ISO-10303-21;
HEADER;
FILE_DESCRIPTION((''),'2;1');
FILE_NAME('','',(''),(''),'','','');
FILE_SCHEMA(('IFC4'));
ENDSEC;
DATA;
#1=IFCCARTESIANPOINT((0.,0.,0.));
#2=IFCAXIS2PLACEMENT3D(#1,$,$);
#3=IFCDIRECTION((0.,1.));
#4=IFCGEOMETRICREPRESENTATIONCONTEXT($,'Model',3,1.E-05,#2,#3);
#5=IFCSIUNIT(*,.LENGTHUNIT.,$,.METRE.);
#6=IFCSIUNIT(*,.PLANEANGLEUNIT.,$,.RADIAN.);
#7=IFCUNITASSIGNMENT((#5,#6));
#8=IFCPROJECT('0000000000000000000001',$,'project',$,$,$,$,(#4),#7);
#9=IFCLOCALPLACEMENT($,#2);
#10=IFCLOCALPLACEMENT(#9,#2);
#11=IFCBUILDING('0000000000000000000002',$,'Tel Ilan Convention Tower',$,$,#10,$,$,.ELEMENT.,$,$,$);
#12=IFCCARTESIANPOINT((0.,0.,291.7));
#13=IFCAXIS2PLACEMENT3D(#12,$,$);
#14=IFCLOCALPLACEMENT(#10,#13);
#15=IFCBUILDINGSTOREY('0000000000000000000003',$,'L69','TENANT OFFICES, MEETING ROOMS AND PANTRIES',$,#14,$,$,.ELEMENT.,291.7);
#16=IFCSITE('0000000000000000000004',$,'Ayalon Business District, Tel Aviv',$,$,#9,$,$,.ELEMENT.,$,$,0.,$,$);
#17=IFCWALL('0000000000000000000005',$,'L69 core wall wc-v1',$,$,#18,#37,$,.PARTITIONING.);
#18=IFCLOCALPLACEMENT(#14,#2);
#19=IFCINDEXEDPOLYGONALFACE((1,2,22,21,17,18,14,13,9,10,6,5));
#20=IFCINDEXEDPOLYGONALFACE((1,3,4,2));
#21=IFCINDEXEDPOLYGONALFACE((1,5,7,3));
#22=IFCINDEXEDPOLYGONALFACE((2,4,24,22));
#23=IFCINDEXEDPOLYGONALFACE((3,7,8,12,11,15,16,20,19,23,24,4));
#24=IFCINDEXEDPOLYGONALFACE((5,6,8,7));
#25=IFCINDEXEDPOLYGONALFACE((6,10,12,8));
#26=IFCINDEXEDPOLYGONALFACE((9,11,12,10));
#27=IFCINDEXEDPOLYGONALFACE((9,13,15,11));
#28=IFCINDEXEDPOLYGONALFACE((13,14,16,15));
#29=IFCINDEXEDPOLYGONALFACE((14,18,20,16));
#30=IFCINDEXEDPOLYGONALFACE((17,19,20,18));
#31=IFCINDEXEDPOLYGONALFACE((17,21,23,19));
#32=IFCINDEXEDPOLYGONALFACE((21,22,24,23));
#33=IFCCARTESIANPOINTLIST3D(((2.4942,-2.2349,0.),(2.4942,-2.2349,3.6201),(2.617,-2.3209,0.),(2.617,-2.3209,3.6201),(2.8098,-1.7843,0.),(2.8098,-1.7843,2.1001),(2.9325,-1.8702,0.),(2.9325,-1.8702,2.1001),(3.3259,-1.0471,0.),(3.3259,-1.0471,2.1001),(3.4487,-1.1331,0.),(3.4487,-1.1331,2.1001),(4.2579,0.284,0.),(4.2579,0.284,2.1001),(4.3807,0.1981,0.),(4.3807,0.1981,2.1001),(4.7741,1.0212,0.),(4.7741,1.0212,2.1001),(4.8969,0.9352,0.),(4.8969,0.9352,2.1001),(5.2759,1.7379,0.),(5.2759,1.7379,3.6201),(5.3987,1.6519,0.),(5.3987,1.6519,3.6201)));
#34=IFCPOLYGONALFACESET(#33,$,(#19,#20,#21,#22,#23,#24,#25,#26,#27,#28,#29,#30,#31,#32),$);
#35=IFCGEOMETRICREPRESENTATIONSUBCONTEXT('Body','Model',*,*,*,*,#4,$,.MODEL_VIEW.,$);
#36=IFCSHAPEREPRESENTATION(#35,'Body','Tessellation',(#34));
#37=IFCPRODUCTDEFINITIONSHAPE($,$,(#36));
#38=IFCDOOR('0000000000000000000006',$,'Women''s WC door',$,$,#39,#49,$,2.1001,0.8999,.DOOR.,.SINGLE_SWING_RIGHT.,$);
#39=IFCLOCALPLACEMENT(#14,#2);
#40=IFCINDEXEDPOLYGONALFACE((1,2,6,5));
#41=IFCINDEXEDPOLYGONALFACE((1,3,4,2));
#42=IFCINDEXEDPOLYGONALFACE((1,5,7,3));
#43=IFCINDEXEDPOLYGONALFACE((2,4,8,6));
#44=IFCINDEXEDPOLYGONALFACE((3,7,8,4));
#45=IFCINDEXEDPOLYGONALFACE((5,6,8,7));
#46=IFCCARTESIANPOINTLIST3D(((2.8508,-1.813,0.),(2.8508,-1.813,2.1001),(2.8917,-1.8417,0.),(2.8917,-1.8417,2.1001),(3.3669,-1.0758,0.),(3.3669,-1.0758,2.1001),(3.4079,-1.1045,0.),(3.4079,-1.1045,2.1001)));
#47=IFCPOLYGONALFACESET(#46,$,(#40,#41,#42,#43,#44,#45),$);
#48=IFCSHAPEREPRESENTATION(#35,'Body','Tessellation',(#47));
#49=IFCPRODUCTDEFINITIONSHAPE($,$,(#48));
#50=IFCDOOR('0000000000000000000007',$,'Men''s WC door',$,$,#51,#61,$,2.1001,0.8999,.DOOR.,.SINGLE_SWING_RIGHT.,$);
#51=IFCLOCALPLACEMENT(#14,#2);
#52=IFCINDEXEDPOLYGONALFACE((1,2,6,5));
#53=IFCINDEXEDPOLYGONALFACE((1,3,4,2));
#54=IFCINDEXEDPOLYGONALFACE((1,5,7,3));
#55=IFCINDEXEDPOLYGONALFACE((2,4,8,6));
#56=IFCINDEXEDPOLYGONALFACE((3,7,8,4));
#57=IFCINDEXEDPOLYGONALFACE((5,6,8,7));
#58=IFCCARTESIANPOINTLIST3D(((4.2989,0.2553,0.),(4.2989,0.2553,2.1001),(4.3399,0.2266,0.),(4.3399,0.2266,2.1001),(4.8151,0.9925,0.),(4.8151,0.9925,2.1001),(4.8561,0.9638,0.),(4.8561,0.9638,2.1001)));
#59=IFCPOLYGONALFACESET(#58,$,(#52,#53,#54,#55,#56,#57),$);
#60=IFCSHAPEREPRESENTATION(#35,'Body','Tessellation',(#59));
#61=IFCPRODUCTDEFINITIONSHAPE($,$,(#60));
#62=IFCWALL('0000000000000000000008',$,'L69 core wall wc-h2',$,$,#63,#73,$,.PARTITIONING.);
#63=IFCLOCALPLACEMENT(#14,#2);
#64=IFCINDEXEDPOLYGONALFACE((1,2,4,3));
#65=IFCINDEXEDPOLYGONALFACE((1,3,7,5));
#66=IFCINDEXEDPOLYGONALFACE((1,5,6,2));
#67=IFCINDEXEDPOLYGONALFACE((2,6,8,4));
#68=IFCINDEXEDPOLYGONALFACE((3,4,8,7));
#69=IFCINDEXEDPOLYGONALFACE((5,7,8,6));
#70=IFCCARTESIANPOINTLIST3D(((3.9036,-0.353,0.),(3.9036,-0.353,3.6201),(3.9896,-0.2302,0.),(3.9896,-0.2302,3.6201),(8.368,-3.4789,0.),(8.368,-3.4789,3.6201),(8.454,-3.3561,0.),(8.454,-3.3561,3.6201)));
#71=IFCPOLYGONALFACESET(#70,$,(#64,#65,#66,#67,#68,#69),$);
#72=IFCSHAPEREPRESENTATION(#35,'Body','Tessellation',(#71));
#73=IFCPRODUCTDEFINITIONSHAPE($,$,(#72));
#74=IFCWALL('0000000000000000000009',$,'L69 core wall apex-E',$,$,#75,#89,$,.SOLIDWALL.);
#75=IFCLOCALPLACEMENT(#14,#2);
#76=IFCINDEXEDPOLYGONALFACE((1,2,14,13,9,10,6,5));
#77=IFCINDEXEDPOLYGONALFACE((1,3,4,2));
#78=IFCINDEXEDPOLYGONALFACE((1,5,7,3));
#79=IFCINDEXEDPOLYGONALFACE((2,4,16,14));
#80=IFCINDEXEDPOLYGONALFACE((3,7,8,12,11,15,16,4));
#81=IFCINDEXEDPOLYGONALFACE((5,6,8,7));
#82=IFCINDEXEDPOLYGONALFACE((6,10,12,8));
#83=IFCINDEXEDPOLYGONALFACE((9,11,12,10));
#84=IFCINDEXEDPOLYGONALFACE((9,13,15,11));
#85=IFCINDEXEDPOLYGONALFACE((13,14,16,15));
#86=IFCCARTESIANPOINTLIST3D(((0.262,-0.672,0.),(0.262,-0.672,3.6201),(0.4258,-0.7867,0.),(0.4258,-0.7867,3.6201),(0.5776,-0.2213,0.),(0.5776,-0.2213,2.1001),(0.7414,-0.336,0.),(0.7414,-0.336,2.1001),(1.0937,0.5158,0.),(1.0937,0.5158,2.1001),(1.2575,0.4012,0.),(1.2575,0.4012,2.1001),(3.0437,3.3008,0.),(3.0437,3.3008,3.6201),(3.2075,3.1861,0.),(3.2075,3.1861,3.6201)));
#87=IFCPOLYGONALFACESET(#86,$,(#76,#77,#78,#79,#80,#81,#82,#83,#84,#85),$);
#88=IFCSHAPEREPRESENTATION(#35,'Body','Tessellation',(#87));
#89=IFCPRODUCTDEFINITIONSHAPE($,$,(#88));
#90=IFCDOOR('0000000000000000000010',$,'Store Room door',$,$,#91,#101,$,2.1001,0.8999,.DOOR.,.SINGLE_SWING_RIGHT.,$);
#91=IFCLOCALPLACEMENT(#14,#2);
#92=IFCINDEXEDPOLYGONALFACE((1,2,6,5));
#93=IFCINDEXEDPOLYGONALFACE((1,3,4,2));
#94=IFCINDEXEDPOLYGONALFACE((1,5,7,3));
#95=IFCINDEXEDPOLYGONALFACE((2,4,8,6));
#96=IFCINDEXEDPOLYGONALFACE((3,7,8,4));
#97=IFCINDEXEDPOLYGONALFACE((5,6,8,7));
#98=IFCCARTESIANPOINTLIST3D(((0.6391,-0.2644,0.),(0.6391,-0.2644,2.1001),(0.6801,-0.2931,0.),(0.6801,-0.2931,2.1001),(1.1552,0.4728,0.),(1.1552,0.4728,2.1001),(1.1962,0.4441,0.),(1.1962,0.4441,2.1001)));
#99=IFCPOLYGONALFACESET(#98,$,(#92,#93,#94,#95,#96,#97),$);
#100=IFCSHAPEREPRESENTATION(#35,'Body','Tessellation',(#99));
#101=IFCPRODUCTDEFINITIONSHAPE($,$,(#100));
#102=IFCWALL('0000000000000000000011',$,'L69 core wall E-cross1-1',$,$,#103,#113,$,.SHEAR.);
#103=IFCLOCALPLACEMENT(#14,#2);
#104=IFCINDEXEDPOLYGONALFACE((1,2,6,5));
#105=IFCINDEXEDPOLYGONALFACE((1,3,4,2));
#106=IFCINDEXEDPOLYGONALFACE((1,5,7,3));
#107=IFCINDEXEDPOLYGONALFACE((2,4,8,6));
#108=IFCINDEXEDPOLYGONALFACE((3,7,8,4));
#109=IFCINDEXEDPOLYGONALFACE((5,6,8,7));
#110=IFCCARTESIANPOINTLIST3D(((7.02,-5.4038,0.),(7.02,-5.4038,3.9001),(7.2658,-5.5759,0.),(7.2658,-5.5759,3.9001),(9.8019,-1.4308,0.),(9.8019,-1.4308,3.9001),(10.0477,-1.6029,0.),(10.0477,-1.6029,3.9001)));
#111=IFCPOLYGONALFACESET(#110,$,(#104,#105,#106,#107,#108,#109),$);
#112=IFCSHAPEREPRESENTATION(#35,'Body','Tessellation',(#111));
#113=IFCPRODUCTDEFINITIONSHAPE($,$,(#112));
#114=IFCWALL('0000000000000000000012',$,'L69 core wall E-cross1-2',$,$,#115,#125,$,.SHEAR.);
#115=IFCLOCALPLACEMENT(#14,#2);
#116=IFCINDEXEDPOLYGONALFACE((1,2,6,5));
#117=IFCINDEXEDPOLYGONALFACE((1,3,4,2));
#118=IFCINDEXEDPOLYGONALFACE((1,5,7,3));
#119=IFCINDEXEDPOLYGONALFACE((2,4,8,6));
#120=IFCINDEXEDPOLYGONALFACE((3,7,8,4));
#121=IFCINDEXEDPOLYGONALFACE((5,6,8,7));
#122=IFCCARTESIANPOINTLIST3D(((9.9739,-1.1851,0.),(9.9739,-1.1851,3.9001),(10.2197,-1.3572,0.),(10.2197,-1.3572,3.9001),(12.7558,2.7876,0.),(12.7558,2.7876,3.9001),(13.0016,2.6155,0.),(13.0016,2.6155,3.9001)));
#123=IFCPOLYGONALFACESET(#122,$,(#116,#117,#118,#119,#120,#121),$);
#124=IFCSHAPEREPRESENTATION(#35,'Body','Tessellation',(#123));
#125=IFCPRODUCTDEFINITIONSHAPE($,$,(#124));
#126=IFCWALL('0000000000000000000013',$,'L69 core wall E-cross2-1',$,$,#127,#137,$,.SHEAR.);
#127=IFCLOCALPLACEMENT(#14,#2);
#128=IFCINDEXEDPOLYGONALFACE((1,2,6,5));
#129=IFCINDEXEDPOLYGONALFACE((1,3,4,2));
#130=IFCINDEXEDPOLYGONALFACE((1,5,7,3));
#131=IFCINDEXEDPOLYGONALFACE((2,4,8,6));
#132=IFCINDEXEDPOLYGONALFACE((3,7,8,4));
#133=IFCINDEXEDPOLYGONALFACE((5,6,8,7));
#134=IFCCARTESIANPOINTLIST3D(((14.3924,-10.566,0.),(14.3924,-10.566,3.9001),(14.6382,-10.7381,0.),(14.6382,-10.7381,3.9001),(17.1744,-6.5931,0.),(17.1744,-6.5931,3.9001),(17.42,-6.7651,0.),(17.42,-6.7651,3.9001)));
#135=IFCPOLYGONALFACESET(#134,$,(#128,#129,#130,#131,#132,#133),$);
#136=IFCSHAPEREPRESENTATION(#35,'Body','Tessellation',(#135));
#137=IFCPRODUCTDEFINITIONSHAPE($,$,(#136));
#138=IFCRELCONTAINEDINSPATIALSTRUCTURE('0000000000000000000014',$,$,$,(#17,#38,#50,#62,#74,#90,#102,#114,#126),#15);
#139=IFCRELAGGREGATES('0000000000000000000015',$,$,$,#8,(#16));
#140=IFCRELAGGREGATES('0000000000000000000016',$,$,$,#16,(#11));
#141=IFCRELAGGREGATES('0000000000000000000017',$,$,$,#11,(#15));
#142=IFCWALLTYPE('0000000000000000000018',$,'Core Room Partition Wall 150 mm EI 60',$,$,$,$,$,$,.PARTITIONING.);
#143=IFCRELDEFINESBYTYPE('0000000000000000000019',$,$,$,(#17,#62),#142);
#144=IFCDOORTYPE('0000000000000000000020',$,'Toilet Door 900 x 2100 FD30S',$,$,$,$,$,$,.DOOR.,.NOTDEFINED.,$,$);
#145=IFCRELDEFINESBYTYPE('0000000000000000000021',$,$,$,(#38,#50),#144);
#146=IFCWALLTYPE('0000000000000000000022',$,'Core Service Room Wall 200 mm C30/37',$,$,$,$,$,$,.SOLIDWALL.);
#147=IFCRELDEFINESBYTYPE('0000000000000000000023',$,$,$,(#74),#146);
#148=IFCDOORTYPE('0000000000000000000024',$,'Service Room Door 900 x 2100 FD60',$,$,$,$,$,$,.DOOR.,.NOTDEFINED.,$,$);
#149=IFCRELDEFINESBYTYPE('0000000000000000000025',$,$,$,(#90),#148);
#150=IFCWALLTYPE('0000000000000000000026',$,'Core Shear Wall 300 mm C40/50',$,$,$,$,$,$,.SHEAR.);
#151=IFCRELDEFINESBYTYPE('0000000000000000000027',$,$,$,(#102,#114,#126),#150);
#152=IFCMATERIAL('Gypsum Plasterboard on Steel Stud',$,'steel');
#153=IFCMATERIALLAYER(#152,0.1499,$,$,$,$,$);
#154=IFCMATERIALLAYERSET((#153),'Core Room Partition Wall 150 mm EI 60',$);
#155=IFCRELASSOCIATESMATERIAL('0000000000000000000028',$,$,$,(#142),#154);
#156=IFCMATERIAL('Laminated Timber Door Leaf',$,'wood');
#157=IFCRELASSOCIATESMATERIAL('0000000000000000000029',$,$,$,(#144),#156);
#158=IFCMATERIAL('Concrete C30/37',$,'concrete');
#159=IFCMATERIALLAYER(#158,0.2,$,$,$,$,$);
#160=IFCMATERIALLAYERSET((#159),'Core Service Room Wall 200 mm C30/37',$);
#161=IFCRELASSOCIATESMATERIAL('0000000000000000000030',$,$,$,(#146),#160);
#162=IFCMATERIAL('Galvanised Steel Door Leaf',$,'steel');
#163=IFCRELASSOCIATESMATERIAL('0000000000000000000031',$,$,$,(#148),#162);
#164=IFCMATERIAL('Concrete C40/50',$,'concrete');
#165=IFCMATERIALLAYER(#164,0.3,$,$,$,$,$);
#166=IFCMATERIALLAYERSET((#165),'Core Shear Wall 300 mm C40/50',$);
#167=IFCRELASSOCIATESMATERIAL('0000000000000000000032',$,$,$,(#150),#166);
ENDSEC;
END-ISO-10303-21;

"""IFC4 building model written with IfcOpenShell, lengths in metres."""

from ifc_helpers import new_model, si_unit, direction, frame, frame_2d, origin, place, context, subcontext, project, spatial, polyline, rectangle, outline, extrude, material, layer, layer_set, type_object, element, fill, save


model = new_model("IFC4")

# Units and contexts
model_context = context("Model", 3, precision=1e-05, world=origin(), true_north=direction((0.0, 1.0)))
body_context = subcontext(model_context, "Body", "Model", "MODEL_VIEW")
ifc_project = project(units=[si_unit("LENGTHUNIT", "METRE"), si_unit("PLANEANGLEUNIT", "RADIAN")], contexts=[model_context])

# Site, building, storey
site_placement = place(None, origin())
site = spatial("IfcSite", under=ifc_project, at=site_placement, Name="Ayalon Business District, Tel Aviv", CompositionType="ELEMENT", RefElevation=0.0)
building_placement = place(site_placement, origin())
building = spatial("IfcBuilding", under=site, at=building_placement, Name="Tel Ilan Convention Tower", CompositionType="ELEMENT")
storey_placement = place(building_placement, frame((0.0, 0.0, 291.7)))
storey = spatial("IfcBuildingStorey", under=building, at=storey_placement, Name="L69", Description="TENANT OFFICES, MEETING ROOMS AND PANTRIES", CompositionType="ELEMENT", Elevation=291.7)

# Wall, openings, doors
ifc_material_1 = material(Name="Gypsum Plasterboard on Steel Stud", Category="steel")
ifc_layer_1 = layer(ifc_material_1, 0.1499)
ifc_layer_set_1 = layer_set([ifc_layer_1], Name="Core Room Partition Wall 150 mm EI 60")
wall_type_1 = type_object("IfcWallType", Name="Core Room Partition Wall 150 mm EI 60", PredefinedType="PARTITIONING", material=ifc_layer_set_1)
wall_1_placement = place(storey_placement, frame((2.5557, -2.2778, 0.0), z_axis=(0.0, 0.0, 1.0), x_axis=(0.57356, 0.819163, 0.0)))
wall_1 = element("IfcWall", 1, at=wall_1_placement, inside=storey, type_object=wall_type_1, Name="L69 core wall wc-v1", PredefinedType="PARTITIONING", context=body_context, shape_type="SweptSolid", body=[
    extrude(rectangle(XDim=4.8499, YDim=0.1499, at=frame_2d((2.4248, 0.0))), origin(), (0.0, 0.0, 1.0), 3.6201),
])
opening_1_placement = place(wall_1_placement, frame((0.55, 0.0, 0.0)))
opening_1 = element("IfcOpeningElement", 2, at=opening_1_placement, cuts=wall_1, PredefinedType="OPENING", context=body_context, shape_type="SweptSolid", body=[
    extrude(rectangle(XDim=0.8999, YDim=2.1001, at=frame_2d((0.45, 1.05))), frame((0.0, 0.085, 0.0), z_axis=(0.0, -1.0, 0.0), x_axis=(1.0, 0.0, 0.0)), (0.0, 0.0, 1.0), 0.1699),
])
opening_2_placement = place(wall_1_placement, frame((3.075, 0.0, 0.0)))
opening_2 = element("IfcOpeningElement", 3, at=opening_2_placement, cuts=wall_1, PredefinedType="OPENING", context=body_context, shape_type="SweptSolid", body=[
    extrude(rectangle(XDim=0.8999, YDim=2.1001, at=frame_2d((0.45, 1.05))), frame((0.0, 0.085, 0.0), z_axis=(0.0, -1.0, 0.0), x_axis=(1.0, 0.0, 0.0)), (0.0, 0.0, 1.0), 0.1699),
])
ifc_material_2 = material(Name="Laminated Timber Door Leaf", Category="wood")
door_type_1 = type_object("IfcDoorType", Name="Toilet Door 900 x 2100 FD30S", OperationType="NOTDEFINED", PredefinedType="DOOR", material=ifc_material_2)
door_1_placement = place(opening_1_placement, origin())
door_1 = element("IfcDoor", 4, at=door_1_placement, inside=storey, type_object=door_type_1, Name="Women's WC door", OperationType="SINGLE_SWING_RIGHT", OverallHeight=2.1001, OverallWidth=0.8999, PredefinedType="DOOR", context=body_context, shape_type="SweptSolid", body=[
    extrude(rectangle(XDim=0.8999, YDim=2.1001, at=frame_2d((0.45, 1.05))), frame((0.0, 0.0249, 0.0), z_axis=(0.0, -1.0, 0.0), x_axis=(1.0, 0.0, 0.0)), (0.0, 0.0, 1.0), 0.05),
])
fill(opening_1, door_1)
door_2_placement = place(opening_2_placement, origin())
door_2 = element("IfcDoor", 5, at=door_2_placement, inside=storey, type_object=door_type_1, Name="Men's WC door", OperationType="SINGLE_SWING_RIGHT", OverallHeight=2.1001, OverallWidth=0.8999, PredefinedType="DOOR", context=body_context, shape_type="SweptSolid", body=[
    extrude(rectangle(XDim=0.8999, YDim=2.1001, at=frame_2d((0.45, 1.05))), frame((0.0, 0.0249, 0.0), z_axis=(0.0, -1.0, 0.0), x_axis=(1.0, 0.0, 0.0)), (0.0, 0.0, 1.0), 0.05),
])
fill(opening_2, door_2)

# Wall
wall_2_placement = place(storey_placement, frame((3.9465, -0.2915, 0.0), z_axis=(0.0, 0.0, 1.0), x_axis=(0.819152, -0.573577, 0.0)))
element("IfcWall", 6, at=wall_2_placement, inside=storey, type_object=wall_type_1, Name="L69 core wall wc-h2", PredefinedType="PARTITIONING", context=body_context, shape_type="SweptSolid", body=[
    extrude(rectangle(XDim=5.45, YDim=0.1499, at=frame_2d((2.7251, 0.0))), origin(), (0.0, 0.0, 1.0), 3.6201),
])

# Wall, opening, door
ifc_material_3 = material(Name="Concrete C30/37", Category="concrete")
ifc_layer_2 = layer(ifc_material_3, 0.2)
ifc_layer_set_2 = layer_set([ifc_layer_2], Name="Core Service Room Wall 200 mm C30/37")
wall_type_2 = type_object("IfcWallType", Name="Core Service Room Wall 200 mm C30/37", PredefinedType="SOLIDWALL", material=ifc_layer_set_2)
wall_3_placement = place(storey_placement, frame((0.344, -0.7292, 0.0), z_axis=(0.0, 0.0, 1.0), x_axis=(0.57356, 0.819163, 0.0)))
wall_3 = element("IfcWall", 7, at=wall_3_placement, inside=storey, type_object=wall_type_2, Name="L69 core wall apex-E", PredefinedType="SOLIDWALL", context=body_context, shape_type="SweptSolid", body=[
    extrude(rectangle(XDim=4.8499, YDim=0.2, at=frame_2d((2.4248, 0.0))), origin(), (0.0, 0.0, 1.0), 3.6201),
])
opening_3_placement = place(wall_3_placement, frame((0.55, 0.0, 0.0)))
opening_3 = element("IfcOpeningElement", 8, at=opening_3_placement, cuts=wall_3, PredefinedType="OPENING", context=body_context, shape_type="SweptSolid", body=[
    extrude(rectangle(XDim=0.8999, YDim=2.1001, at=frame_2d((0.45, 1.05))), frame((0.0, 0.1099, 0.0), z_axis=(0.0, -1.0, 0.0), x_axis=(1.0, 0.0, 0.0)), (0.0, 0.0, 1.0), 0.22),
])
ifc_material_4 = material(Name="Galvanised Steel Door Leaf", Category="steel")
door_type_2 = type_object("IfcDoorType", Name="Service Room Door 900 x 2100 FD60", OperationType="NOTDEFINED", PredefinedType="DOOR", material=ifc_material_4)
door_3_placement = place(opening_3_placement, origin())
door_3 = element("IfcDoor", 9, at=door_3_placement, inside=storey, type_object=door_type_2, Name="Store Room door", OperationType="SINGLE_SWING_RIGHT", OverallHeight=2.1001, OverallWidth=0.8999, PredefinedType="DOOR", context=body_context, shape_type="SweptSolid", body=[
    extrude(rectangle(XDim=0.8999, YDim=2.1001, at=frame_2d((0.45, 1.05))), frame((0.0, 0.0249, 0.0), z_axis=(0.0, -1.0, 0.0), x_axis=(1.0, 0.0, 0.0)), (0.0, 0.0, 1.0), 0.05),
])
fill(opening_3, door_3)

# Walls
ifc_material_5 = material(Name="Concrete C40/50", Category="concrete")
ifc_layer_3 = layer(ifc_material_5, 0.3)
ifc_layer_set_3 = layer_set([ifc_layer_3], Name="Core Shear Wall 300 mm C40/50")
wall_type_3 = type_object("IfcWallType", Name="Core Shear Wall 300 mm C40/50", PredefinedType="SHEAR", material=ifc_layer_set_3)
wall_4_placement = place(storey_placement, frame((7.1428, -5.4897, 0.0), z_axis=(0.0, 0.0, 1.0), x_axis=(0.573618, 0.819123, 0.0)))
element("IfcWall", 10, at=wall_4_placement, inside=storey, type_object=wall_type_3, Name="L69 core wall E-cross1-1", PredefinedType="SHEAR", context=body_context, shape_type="SweptSolid", body=[
    extrude(outline(polyline([(0.0, 0.1499), (0.0, -0.1501), (4.8501, -0.1499), (4.8501, 0.1501), (0.0, 0.1499)])), origin(), (0.0, 0.0, 1.0), 3.9001),
])
wall_5_placement = place(storey_placement, frame((10.0969, -1.2712, 0.0), z_axis=(0.0, 0.0, 1.0), x_axis=(0.57356, 0.819163, 0.0)))
element("IfcWall", 11, at=wall_5_placement, inside=storey, type_object=wall_type_3, Name="L69 core wall E-cross1-2", PredefinedType="SHEAR", context=body_context, shape_type="SweptSolid", body=[
    extrude(outline(polyline([(4.8499, -0.1501), (4.8499, 0.1499), (0.0, 0.1501), (0.0, -0.1499), (4.8499, -0.1501)])), origin(), (0.0, 0.0, 1.0), 3.9001),
])
wall_6_placement = place(storey_placement, frame((14.5154, -10.6521, 0.0), z_axis=(0.0, 0.0, 1.0), x_axis=(0.57356, 0.819163, 0.0)))
element("IfcWall", 12, at=wall_6_placement, inside=storey, type_object=wall_type_3, Name="L69 core wall E-cross2-1", PredefinedType="SHEAR", context=body_context, shape_type="SweptSolid", body=[
    extrude(outline(polyline([(0.0, 0.1501), (0.0, -0.1499), (4.8501, -0.1499), (4.8501, 0.1499), (0.0, 0.1501)])), origin(), (0.0, 0.0, 1.0), 3.9001),
])

save(model, "model.ifc")
